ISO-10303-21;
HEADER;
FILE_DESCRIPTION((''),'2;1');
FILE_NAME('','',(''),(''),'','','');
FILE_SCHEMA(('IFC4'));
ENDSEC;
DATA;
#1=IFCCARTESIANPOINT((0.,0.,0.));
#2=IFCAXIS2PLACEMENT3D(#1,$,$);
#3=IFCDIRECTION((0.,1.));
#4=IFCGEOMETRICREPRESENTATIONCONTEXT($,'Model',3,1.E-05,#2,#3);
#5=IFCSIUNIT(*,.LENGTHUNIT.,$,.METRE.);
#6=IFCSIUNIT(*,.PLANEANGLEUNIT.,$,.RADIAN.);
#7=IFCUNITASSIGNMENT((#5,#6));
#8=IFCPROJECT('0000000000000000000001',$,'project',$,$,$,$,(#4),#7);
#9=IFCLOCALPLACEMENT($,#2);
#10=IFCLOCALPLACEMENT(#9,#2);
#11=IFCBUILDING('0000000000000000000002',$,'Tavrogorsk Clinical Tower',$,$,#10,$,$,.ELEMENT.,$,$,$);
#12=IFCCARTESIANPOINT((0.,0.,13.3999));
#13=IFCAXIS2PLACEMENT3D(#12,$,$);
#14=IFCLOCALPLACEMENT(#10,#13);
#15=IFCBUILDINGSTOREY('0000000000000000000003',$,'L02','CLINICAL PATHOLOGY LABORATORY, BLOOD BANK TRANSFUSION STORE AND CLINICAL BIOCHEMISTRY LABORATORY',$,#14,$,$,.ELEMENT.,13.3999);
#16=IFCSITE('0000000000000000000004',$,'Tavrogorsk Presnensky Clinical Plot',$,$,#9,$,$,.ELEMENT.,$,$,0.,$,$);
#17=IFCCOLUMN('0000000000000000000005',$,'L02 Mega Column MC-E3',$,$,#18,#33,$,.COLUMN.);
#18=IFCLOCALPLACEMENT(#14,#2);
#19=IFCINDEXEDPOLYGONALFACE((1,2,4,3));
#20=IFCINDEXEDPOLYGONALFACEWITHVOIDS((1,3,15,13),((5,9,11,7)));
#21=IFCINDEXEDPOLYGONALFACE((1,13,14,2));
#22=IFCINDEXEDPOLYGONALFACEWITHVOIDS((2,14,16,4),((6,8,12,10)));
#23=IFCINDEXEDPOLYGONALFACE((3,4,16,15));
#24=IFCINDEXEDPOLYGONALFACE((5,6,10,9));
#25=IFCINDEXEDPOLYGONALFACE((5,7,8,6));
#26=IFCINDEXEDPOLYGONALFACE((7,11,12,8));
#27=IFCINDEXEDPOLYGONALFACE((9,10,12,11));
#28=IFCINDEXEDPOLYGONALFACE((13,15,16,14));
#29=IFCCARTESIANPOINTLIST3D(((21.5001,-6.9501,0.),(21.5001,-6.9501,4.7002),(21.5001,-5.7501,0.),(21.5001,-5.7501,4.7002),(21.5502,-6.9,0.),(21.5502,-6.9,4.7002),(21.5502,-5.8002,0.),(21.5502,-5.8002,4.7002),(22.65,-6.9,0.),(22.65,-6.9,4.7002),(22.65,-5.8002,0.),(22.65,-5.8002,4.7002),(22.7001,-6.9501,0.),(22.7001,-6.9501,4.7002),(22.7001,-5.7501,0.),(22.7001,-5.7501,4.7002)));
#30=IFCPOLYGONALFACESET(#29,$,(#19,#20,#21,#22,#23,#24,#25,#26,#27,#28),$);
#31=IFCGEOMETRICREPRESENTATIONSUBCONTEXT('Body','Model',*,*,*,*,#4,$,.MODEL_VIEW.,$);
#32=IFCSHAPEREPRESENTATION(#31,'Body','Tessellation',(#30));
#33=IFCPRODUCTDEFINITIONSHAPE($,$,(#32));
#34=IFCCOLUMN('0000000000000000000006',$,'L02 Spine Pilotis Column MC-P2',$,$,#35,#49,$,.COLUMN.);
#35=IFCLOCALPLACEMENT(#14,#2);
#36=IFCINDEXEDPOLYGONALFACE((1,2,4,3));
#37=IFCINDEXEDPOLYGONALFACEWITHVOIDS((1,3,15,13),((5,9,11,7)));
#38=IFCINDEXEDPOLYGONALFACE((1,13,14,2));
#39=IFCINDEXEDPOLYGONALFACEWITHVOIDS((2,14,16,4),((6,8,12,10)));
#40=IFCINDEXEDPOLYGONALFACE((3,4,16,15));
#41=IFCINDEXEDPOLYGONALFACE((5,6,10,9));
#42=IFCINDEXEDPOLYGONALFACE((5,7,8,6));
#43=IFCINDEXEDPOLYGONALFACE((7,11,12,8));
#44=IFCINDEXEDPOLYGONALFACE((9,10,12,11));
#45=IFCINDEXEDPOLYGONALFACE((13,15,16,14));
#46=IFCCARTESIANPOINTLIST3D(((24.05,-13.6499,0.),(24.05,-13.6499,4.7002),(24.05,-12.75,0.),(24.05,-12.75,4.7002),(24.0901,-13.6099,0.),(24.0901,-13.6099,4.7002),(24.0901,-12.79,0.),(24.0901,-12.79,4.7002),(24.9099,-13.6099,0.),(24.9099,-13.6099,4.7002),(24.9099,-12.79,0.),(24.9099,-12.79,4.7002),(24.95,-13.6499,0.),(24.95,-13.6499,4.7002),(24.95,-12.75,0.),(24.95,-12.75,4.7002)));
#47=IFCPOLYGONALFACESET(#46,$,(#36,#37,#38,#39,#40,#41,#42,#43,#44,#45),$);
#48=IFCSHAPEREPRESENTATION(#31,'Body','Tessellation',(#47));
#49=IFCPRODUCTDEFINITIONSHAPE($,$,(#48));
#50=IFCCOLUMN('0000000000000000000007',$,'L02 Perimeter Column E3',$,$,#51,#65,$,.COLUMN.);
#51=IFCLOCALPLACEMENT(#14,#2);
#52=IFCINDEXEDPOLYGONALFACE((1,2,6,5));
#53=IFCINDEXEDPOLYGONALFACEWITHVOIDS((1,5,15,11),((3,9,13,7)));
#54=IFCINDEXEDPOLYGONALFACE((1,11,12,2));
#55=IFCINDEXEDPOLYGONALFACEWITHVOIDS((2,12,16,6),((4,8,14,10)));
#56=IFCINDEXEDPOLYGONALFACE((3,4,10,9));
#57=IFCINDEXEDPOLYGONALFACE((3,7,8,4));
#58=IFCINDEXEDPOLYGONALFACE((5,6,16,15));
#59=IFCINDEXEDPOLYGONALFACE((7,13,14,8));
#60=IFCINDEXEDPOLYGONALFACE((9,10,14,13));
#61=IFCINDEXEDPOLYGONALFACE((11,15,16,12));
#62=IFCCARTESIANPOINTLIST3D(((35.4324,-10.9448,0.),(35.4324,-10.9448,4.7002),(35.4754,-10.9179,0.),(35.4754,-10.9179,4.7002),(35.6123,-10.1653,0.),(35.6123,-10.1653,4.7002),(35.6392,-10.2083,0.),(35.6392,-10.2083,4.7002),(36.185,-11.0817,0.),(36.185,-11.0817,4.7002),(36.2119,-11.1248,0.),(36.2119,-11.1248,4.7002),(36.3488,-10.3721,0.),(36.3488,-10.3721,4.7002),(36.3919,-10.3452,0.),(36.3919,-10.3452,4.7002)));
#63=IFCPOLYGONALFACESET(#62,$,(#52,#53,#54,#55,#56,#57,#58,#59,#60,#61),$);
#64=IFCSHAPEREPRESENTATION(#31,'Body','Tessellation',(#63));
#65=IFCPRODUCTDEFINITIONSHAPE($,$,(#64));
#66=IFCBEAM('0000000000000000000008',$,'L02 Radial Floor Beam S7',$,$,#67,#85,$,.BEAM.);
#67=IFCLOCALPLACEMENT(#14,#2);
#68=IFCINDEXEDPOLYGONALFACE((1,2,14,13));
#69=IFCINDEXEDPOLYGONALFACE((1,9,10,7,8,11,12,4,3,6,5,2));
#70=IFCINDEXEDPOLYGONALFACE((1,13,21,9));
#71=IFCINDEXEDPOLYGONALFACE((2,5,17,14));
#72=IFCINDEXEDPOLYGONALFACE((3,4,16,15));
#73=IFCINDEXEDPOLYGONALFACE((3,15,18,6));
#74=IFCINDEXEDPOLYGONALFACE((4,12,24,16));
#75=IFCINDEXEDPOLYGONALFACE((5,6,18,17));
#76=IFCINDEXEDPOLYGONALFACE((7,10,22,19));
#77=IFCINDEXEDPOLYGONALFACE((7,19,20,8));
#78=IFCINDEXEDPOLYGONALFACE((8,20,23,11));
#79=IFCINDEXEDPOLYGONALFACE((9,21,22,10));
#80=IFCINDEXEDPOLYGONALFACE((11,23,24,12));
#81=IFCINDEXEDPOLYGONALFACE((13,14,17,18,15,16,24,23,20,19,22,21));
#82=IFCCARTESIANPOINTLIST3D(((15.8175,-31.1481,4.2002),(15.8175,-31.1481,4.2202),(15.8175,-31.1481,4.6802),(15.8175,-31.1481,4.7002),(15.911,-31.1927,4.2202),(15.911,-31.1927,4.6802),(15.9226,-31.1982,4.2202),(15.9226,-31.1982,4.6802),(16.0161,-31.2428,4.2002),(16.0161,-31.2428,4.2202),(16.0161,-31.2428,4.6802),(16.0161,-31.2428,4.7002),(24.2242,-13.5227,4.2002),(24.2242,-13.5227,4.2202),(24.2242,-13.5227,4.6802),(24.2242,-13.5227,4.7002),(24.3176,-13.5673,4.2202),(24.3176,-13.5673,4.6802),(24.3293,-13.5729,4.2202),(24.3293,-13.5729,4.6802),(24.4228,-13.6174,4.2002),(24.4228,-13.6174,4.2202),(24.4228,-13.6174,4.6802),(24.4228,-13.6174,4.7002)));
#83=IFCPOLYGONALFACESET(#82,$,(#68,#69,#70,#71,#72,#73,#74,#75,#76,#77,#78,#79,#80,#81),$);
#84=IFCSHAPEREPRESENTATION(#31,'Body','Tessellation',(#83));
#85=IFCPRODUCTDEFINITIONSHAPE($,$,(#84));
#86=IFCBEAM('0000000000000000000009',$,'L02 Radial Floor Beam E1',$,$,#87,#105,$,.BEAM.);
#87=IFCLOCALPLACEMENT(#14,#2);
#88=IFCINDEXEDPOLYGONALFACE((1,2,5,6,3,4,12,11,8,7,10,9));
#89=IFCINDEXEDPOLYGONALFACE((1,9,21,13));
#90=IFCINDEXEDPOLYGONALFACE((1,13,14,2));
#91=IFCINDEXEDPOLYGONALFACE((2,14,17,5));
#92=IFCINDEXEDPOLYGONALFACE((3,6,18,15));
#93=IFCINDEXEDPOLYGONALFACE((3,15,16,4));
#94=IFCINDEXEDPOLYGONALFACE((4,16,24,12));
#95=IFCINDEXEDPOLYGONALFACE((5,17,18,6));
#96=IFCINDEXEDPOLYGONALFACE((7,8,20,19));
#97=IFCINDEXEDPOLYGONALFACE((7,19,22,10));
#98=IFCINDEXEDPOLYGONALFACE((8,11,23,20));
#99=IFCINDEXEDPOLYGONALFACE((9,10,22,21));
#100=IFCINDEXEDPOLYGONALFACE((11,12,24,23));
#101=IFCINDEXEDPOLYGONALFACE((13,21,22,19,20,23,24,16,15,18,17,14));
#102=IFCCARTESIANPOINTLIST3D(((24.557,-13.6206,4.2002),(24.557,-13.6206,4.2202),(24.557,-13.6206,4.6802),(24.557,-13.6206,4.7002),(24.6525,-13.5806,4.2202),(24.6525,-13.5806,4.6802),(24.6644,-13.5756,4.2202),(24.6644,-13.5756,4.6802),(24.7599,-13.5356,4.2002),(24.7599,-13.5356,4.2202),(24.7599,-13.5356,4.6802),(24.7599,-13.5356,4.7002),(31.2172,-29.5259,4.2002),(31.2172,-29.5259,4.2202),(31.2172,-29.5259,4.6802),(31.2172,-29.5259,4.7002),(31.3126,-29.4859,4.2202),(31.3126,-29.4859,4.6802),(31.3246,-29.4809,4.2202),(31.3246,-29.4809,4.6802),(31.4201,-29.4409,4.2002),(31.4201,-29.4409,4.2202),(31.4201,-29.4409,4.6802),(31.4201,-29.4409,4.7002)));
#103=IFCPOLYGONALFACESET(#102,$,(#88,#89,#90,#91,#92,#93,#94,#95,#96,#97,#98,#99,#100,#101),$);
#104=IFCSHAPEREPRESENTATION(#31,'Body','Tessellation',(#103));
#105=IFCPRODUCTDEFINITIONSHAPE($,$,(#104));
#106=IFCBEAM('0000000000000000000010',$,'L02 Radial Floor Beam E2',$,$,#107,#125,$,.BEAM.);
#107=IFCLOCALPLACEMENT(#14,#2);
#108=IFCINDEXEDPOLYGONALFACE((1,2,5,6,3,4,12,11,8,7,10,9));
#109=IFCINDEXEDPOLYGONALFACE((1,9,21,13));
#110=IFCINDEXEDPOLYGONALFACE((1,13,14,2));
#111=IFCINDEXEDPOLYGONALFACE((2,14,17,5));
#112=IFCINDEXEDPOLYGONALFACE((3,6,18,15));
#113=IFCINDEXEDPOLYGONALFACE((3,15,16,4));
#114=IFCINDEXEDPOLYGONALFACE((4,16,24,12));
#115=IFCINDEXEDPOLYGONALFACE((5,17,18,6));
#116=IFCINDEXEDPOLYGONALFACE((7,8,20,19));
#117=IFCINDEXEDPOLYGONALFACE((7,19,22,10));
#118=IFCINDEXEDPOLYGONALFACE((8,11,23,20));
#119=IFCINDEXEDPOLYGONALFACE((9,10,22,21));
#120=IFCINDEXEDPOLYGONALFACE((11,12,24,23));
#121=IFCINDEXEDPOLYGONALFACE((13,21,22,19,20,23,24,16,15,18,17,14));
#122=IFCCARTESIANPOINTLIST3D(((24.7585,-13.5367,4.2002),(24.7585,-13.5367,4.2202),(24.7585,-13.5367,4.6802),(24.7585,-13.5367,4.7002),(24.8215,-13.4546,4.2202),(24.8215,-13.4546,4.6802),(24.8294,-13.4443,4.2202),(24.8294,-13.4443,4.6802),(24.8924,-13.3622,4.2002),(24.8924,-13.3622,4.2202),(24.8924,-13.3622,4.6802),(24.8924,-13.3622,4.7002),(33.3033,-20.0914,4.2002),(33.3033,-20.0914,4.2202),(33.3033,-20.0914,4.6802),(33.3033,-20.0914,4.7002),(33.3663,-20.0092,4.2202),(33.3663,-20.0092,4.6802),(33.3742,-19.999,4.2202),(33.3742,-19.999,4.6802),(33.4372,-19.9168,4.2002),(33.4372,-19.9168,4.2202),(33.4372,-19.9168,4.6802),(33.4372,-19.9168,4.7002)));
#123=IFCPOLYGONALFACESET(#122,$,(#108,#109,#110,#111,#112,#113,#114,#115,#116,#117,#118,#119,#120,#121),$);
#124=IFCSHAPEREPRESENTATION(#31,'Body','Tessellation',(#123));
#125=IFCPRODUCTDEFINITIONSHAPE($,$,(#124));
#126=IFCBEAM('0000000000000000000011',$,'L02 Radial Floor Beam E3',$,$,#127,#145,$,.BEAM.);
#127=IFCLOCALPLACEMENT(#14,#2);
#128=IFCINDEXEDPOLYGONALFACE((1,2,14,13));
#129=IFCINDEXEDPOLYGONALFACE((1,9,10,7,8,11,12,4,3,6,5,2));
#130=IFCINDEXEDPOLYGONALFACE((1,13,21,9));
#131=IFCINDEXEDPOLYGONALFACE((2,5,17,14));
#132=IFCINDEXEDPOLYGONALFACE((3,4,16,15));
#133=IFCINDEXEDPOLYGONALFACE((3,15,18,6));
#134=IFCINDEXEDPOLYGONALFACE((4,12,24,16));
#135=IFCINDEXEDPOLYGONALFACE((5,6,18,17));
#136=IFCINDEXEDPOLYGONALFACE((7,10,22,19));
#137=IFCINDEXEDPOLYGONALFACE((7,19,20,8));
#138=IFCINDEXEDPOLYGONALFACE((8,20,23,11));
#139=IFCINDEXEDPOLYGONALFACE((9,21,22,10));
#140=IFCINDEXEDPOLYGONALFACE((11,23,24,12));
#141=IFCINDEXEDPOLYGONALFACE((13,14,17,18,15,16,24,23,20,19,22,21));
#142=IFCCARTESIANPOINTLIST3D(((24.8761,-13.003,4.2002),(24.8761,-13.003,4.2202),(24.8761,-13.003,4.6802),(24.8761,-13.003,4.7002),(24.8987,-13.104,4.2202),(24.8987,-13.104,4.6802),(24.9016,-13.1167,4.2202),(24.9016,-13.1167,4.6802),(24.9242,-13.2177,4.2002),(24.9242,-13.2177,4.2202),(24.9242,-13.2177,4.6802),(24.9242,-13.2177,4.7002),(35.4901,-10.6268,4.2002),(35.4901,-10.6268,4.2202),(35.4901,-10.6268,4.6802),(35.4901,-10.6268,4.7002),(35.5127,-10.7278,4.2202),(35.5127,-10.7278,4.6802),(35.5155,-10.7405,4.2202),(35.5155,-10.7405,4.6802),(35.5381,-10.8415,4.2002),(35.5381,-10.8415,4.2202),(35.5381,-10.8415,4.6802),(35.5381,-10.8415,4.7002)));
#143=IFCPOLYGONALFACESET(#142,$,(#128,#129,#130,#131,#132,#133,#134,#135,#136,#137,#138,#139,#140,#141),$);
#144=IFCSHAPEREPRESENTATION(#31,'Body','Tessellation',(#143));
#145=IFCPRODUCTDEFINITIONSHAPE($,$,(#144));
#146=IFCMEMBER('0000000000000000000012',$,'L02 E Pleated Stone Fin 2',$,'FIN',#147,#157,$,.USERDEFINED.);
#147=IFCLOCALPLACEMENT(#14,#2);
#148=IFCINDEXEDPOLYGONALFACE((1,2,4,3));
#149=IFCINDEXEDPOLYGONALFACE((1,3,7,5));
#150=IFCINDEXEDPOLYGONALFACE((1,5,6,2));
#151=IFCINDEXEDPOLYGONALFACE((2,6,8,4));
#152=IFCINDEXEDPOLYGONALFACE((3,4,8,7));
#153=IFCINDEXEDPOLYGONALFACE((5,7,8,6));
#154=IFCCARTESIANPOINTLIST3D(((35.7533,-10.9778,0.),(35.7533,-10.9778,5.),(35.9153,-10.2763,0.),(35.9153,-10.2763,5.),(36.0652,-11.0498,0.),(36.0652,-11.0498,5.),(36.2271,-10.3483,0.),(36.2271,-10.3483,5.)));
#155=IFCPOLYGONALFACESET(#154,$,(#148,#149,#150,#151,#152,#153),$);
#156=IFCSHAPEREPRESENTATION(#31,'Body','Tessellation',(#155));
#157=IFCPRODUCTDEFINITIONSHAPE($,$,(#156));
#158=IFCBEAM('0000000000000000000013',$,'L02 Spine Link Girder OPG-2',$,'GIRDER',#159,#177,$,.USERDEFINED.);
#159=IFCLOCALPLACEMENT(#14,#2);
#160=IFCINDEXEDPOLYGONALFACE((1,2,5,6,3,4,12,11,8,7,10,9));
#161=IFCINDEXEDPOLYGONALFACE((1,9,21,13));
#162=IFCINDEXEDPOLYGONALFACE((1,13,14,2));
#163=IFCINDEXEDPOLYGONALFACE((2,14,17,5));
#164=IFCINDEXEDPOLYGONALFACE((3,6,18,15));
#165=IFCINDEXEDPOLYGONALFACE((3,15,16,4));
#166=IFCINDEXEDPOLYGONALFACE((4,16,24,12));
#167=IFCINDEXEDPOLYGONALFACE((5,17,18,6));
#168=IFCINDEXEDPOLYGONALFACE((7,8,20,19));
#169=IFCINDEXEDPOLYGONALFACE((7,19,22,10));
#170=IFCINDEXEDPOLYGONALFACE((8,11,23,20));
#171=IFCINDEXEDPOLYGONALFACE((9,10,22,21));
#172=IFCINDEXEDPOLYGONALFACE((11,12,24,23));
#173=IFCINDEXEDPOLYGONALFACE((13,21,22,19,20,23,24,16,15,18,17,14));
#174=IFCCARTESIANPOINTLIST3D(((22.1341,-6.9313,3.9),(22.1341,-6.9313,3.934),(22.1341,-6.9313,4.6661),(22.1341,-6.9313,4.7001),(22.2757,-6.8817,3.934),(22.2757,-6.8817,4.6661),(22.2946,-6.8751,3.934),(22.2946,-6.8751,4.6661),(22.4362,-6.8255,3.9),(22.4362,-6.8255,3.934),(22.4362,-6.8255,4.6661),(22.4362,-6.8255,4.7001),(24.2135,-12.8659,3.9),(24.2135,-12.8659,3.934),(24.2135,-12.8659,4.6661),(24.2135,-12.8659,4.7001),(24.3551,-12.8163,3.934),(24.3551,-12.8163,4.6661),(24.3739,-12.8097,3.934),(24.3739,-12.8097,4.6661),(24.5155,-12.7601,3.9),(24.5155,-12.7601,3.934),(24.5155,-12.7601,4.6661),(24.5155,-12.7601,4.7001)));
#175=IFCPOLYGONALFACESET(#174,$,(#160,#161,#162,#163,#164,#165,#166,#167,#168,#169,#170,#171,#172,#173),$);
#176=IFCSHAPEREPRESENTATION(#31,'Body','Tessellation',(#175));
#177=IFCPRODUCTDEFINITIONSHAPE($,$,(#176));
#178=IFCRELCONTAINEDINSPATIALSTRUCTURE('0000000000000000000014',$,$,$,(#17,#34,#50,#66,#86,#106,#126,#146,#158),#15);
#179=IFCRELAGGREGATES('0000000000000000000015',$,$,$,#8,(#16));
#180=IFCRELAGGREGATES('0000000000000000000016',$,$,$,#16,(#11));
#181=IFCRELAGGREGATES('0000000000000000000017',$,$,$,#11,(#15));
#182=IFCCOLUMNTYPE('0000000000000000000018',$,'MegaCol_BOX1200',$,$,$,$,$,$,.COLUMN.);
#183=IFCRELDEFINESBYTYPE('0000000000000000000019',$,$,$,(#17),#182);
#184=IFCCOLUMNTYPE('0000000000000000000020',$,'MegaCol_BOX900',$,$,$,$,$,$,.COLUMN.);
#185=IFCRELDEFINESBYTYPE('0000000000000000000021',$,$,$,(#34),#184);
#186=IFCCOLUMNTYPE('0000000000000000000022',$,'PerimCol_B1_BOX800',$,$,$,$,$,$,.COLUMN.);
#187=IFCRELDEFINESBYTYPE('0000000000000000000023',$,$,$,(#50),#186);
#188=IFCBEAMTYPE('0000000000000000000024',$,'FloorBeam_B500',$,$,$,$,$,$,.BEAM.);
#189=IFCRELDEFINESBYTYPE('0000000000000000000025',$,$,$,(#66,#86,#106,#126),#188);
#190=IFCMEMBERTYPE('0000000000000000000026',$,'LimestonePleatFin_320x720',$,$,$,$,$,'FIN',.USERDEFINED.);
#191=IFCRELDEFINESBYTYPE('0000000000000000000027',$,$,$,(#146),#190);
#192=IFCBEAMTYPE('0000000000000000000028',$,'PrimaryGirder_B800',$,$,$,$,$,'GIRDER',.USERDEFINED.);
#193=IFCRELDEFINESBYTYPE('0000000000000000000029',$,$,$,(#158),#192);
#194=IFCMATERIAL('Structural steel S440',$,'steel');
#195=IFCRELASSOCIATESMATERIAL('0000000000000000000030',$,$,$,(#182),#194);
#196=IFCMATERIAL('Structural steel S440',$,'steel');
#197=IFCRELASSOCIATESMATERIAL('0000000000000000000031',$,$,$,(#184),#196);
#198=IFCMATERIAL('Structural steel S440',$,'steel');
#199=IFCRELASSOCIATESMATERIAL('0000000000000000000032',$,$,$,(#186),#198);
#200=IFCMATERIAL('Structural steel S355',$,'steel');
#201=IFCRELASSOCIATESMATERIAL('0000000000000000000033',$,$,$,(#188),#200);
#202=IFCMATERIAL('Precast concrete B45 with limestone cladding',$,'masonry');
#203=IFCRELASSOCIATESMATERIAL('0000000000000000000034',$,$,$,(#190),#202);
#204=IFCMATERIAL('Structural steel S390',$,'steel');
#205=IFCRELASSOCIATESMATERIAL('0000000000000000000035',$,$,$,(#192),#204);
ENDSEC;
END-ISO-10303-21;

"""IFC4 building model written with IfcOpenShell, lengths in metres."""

from ifc_helpers import new_model, si_unit, direction, frame, origin, origin_2d, place, context, subcontext, project, spatial, rectangle, hollow_rectangle, i_section, extrude, material, material_profile, profile_set, type_object, element, save


model = new_model("IFC4")

# Units and contexts
model_context = context("Model", 3, precision=1e-05, world=origin(), true_north=direction((0.0, 1.0)))
body_context = subcontext(model_context, "Body", "Model", "MODEL_VIEW")
ifc_project = project(units=[si_unit("LENGTHUNIT", "METRE"), si_unit("PLANEANGLEUNIT", "RADIAN")], contexts=[model_context])

# Site, building, storey
site_placement = place(None, origin())
site = spatial("IfcSite", under=ifc_project, at=site_placement, Name="Tavrogorsk Presnensky Clinical Plot", CompositionType="ELEMENT", RefElevation=0.0)
building_placement = place(site_placement, origin())
building = spatial("IfcBuilding", under=site, at=building_placement, Name="Tavrogorsk Clinical Tower", CompositionType="ELEMENT")
storey_placement = place(building_placement, frame((0.0, 0.0, 13.3999)))
storey = spatial("IfcBuildingStorey", under=building, at=storey_placement, Name="L02", Description="CLINICAL PATHOLOGY LABORATORY, BLOOD BANK TRANSFUSION STORE AND CLINICAL BIOCHEMISTRY LABORATORY", CompositionType="ELEMENT", Elevation=13.3999)

# Columns
ifc_material_1 = material(Name="Structural steel S440", Category="steel")
ifc_material_profile_1 = material_profile(ifc_material_1, hollow_rectangle(XDim=1.2, YDim=1.2, WallThickness=0.05, at=origin_2d()), Name="BOX-1200x1200x50")
ifc_profile_set_1 = profile_set([ifc_material_profile_1], Name="Structural steel S440")
column_type_1 = type_object("IfcColumnType", Name="MegaCol_BOX1200", PredefinedType="COLUMN", material=ifc_profile_set_1)
column_1_placement = place(storey_placement, frame((22.1001, -6.3501, 0.0), z_axis=(0.0, 0.0, 1.0), x_axis=(1.0, 0.0, 0.0)))
element("IfcColumn", 1, at=column_1_placement, inside=storey, type_object=column_type_1, Name="L02 Mega Column MC-E3", PredefinedType="COLUMN", context=body_context, shape_type="SweptSolid", body=[
    extrude(hollow_rectangle(XDim=1.2, YDim=1.2, WallThickness=0.05, at=origin_2d()), origin(), (0.0, 0.0, 1.0), 4.7002),
])
ifc_material_2 = material(Name="Structural steel S440", Category="steel")
ifc_material_profile_2 = material_profile(ifc_material_2, hollow_rectangle(XDim=0.8999, YDim=0.8999, WallThickness=0.04, at=origin_2d()), Name="BOX-900x900x40")
ifc_profile_set_2 = profile_set([ifc_material_profile_2], Name="Structural steel S440")
column_type_2 = type_object("IfcColumnType", Name="MegaCol_BOX900", PredefinedType="COLUMN", material=ifc_profile_set_2)
column_2_placement = place(storey_placement, frame((24.5, -13.2, 0.0), z_axis=(0.0, 0.0, 1.0), x_axis=(1.0, 0.0, 0.0)))
element("IfcColumn", 2, at=column_2_placement, inside=storey, type_object=column_type_2, Name="L02 Spine Pilotis Column MC-P2", PredefinedType="COLUMN", context=body_context, shape_type="SweptSolid", body=[
    extrude(hollow_rectangle(XDim=0.8999, YDim=0.8999, WallThickness=0.04, at=origin_2d()), origin(), (0.0, 0.0, 1.0), 4.7002),
])
ifc_material_3 = material(Name="Structural steel S440", Category="steel")
ifc_material_profile_3 = material_profile(ifc_material_3, hollow_rectangle(XDim=0.8, YDim=0.8, WallThickness=0.0359, at=origin_2d()), Name="BOX-800x800x36")
ifc_profile_set_3 = profile_set([ifc_material_profile_3], Name="Structural steel S440")
column_type_3 = type_object("IfcColumnType", Name="PerimCol_B1_BOX800", PredefinedType="COLUMN", material=ifc_profile_set_3)
column_3_placement = place(storey_placement, frame((35.9121, -10.645, 0.0), z_axis=(0.0, 0.0, 1.0), x_axis=(0.97437, -0.224951, 0.0)))
element("IfcColumn", 3, at=column_3_placement, inside=storey, type_object=column_type_3, Name="L02 Perimeter Column E3", PredefinedType="COLUMN", context=body_context, shape_type="SweptSolid", body=[
    extrude(hollow_rectangle(XDim=0.8, YDim=0.8, WallThickness=0.0359, at=origin_2d()), origin(), (0.0, 0.0, 1.0), 4.7002),
])

# Beams
ifc_material_4 = material(Name="Structural steel S355", Category="steel")
ifc_material_profile_4 = material_profile(ifc_material_4, i_section(OverallWidth=0.22, OverallDepth=0.5, WebThickness=0.0129, FlangeThickness=0.02, at=origin_2d()), Name="B-500x220x13x20")
ifc_profile_set_4 = profile_set([ifc_material_profile_4], Name="Structural steel S355")
beam_type_1 = type_object("IfcBeamType", Name="FloorBeam_B500", PredefinedType="BEAM", material=ifc_profile_set_4)
beam_1_placement = place(storey_placement, frame((24.3235, -13.5701, 4.4502), z_axis=(-0.430503, -0.902589, 0.0), x_axis=(0.902589, -0.430503, 0.0)))
element("IfcBeam", 4, at=beam_1_placement, inside=storey, type_object=beam_type_1, Name="L02 Radial Floor Beam S7", PredefinedType="BEAM", context=body_context, shape_type="SweptSolid", body=[
    extrude(i_section(OverallWidth=0.22, OverallDepth=0.5, WebThickness=0.0129, FlangeThickness=0.02, at=origin_2d()), origin(), (0.0, 0.0, 1.0), 19.5276),
])
beam_2_placement = place(storey_placement, frame((24.6584, -13.5781, 4.4502), z_axis=(0.386243, -0.922397, 0.0), x_axis=(0.922397, 0.386243, 0.0)))
element("IfcBeam", 5, at=beam_2_placement, inside=storey, type_object=beam_type_1, Name="L02 Radial Floor Beam E1", PredefinedType="BEAM", context=body_context, shape_type="SweptSolid", body=[
    extrude(i_section(OverallWidth=0.22, OverallDepth=0.5, WebThickness=0.0129, FlangeThickness=0.02, at=origin_2d()), origin(), (0.0, 0.0, 1.0), 17.2434),
])
beam_3_placement = place(storey_placement, frame((24.8254, -13.4495, 4.4502), z_axis=(0.793446, -0.608641, 0.0), x_axis=(0.608641, 0.793446, 0.0)))
element("IfcBeam", 6, at=beam_3_placement, inside=storey, type_object=beam_type_1, Name="L02 Radial Floor Beam E2", PredefinedType="BEAM", context=body_context, shape_type="SweptSolid", body=[
    extrude(i_section(OverallWidth=0.22, OverallDepth=0.5, WebThickness=0.0129, FlangeThickness=0.02, at=origin_2d()), origin(), (0.0, 0.0, 1.0), 10.7693),
])
beam_4_placement = place(storey_placement, frame((24.9001, -13.1104, 4.4502), z_axis=(0.975844, 0.218468, 0.0), x_axis=(-0.218468, 0.975844, 0.0)))
element("IfcBeam", 7, at=beam_4_placement, inside=storey, type_object=beam_type_1, Name="L02 Radial Floor Beam E3", PredefinedType="BEAM", context=body_context, shape_type="SweptSolid", body=[
    extrude(i_section(OverallWidth=0.22, OverallDepth=0.5, WebThickness=0.0129, FlangeThickness=0.02, at=origin_2d()), origin(), (0.0, 0.0, 1.0), 10.8767),
])

# Member
ifc_material_5 = material(Name="Precast concrete B45 with limestone cladding", Category="masonry")
ifc_material_profile_5 = material_profile(ifc_material_5, rectangle(XDim=0.3201, YDim=0.72, at=origin_2d()), Name="LIMESTONE-FIN-320x720")
ifc_profile_set_5 = profile_set([ifc_material_profile_5], Name="Precast concrete B45 with limestone cladding")
member_type = type_object("IfcMemberType", Name="LimestonePleatFin_320x720", ElementType="FIN", PredefinedType="USERDEFINED", material=ifc_profile_set_5)
member_placement = place(storey_placement, frame((35.9902, -10.6631, 0.0), z_axis=(0.0, 0.0, 1.0), x_axis=(0.97437, -0.224951, 0.0)))
element("IfcMember", 8, at=member_placement, inside=storey, type_object=member_type, Name="L02 E Pleated Stone Fin 2", ObjectType="FIN", PredefinedType="USERDEFINED", context=body_context, shape_type="SweptSolid", body=[
    extrude(rectangle(XDim=0.3201, YDim=0.72, at=origin_2d()), origin(), (0.0, 0.0, 1.0), 5.0),
])

# Beam
ifc_material_6 = material(Name="Structural steel S390", Category="steel")
ifc_material_profile_6 = material_profile(ifc_material_6, i_section(OverallWidth=0.3201, OverallDepth=0.8, WebThickness=0.02, FlangeThickness=0.0339, at=origin_2d()), Name="B-800x320x20x34")
ifc_profile_set_6 = profile_set([ifc_material_profile_6], Name="Structural steel S390")
beam_type_2 = type_object("IfcBeamType", Name="PrimaryGirder_B800", ElementType="GIRDER", PredefinedType="USERDEFINED", material=ifc_profile_set_6)
beam_5_placement = place(storey_placement, frame((24.3645, -12.813, 4.3), z_axis=(-0.330669, 0.943747, 0.0), x_axis=(-0.943747, -0.330669, 0.0)))
element("IfcBeam", 9, at=beam_5_placement, inside=storey, type_object=beam_type_2, Name="L02 Spine Link Girder OPG-2", ObjectType="GIRDER", PredefinedType="USERDEFINED", context=body_context, shape_type="SweptSolid", body=[
    extrude(i_section(OverallWidth=0.3201, OverallDepth=0.8, WebThickness=0.02, FlangeThickness=0.0339, at=origin_2d()), origin(), (0.0, 0.0, 1.0), 6.2883),
])

save(model, "model.ifc")
